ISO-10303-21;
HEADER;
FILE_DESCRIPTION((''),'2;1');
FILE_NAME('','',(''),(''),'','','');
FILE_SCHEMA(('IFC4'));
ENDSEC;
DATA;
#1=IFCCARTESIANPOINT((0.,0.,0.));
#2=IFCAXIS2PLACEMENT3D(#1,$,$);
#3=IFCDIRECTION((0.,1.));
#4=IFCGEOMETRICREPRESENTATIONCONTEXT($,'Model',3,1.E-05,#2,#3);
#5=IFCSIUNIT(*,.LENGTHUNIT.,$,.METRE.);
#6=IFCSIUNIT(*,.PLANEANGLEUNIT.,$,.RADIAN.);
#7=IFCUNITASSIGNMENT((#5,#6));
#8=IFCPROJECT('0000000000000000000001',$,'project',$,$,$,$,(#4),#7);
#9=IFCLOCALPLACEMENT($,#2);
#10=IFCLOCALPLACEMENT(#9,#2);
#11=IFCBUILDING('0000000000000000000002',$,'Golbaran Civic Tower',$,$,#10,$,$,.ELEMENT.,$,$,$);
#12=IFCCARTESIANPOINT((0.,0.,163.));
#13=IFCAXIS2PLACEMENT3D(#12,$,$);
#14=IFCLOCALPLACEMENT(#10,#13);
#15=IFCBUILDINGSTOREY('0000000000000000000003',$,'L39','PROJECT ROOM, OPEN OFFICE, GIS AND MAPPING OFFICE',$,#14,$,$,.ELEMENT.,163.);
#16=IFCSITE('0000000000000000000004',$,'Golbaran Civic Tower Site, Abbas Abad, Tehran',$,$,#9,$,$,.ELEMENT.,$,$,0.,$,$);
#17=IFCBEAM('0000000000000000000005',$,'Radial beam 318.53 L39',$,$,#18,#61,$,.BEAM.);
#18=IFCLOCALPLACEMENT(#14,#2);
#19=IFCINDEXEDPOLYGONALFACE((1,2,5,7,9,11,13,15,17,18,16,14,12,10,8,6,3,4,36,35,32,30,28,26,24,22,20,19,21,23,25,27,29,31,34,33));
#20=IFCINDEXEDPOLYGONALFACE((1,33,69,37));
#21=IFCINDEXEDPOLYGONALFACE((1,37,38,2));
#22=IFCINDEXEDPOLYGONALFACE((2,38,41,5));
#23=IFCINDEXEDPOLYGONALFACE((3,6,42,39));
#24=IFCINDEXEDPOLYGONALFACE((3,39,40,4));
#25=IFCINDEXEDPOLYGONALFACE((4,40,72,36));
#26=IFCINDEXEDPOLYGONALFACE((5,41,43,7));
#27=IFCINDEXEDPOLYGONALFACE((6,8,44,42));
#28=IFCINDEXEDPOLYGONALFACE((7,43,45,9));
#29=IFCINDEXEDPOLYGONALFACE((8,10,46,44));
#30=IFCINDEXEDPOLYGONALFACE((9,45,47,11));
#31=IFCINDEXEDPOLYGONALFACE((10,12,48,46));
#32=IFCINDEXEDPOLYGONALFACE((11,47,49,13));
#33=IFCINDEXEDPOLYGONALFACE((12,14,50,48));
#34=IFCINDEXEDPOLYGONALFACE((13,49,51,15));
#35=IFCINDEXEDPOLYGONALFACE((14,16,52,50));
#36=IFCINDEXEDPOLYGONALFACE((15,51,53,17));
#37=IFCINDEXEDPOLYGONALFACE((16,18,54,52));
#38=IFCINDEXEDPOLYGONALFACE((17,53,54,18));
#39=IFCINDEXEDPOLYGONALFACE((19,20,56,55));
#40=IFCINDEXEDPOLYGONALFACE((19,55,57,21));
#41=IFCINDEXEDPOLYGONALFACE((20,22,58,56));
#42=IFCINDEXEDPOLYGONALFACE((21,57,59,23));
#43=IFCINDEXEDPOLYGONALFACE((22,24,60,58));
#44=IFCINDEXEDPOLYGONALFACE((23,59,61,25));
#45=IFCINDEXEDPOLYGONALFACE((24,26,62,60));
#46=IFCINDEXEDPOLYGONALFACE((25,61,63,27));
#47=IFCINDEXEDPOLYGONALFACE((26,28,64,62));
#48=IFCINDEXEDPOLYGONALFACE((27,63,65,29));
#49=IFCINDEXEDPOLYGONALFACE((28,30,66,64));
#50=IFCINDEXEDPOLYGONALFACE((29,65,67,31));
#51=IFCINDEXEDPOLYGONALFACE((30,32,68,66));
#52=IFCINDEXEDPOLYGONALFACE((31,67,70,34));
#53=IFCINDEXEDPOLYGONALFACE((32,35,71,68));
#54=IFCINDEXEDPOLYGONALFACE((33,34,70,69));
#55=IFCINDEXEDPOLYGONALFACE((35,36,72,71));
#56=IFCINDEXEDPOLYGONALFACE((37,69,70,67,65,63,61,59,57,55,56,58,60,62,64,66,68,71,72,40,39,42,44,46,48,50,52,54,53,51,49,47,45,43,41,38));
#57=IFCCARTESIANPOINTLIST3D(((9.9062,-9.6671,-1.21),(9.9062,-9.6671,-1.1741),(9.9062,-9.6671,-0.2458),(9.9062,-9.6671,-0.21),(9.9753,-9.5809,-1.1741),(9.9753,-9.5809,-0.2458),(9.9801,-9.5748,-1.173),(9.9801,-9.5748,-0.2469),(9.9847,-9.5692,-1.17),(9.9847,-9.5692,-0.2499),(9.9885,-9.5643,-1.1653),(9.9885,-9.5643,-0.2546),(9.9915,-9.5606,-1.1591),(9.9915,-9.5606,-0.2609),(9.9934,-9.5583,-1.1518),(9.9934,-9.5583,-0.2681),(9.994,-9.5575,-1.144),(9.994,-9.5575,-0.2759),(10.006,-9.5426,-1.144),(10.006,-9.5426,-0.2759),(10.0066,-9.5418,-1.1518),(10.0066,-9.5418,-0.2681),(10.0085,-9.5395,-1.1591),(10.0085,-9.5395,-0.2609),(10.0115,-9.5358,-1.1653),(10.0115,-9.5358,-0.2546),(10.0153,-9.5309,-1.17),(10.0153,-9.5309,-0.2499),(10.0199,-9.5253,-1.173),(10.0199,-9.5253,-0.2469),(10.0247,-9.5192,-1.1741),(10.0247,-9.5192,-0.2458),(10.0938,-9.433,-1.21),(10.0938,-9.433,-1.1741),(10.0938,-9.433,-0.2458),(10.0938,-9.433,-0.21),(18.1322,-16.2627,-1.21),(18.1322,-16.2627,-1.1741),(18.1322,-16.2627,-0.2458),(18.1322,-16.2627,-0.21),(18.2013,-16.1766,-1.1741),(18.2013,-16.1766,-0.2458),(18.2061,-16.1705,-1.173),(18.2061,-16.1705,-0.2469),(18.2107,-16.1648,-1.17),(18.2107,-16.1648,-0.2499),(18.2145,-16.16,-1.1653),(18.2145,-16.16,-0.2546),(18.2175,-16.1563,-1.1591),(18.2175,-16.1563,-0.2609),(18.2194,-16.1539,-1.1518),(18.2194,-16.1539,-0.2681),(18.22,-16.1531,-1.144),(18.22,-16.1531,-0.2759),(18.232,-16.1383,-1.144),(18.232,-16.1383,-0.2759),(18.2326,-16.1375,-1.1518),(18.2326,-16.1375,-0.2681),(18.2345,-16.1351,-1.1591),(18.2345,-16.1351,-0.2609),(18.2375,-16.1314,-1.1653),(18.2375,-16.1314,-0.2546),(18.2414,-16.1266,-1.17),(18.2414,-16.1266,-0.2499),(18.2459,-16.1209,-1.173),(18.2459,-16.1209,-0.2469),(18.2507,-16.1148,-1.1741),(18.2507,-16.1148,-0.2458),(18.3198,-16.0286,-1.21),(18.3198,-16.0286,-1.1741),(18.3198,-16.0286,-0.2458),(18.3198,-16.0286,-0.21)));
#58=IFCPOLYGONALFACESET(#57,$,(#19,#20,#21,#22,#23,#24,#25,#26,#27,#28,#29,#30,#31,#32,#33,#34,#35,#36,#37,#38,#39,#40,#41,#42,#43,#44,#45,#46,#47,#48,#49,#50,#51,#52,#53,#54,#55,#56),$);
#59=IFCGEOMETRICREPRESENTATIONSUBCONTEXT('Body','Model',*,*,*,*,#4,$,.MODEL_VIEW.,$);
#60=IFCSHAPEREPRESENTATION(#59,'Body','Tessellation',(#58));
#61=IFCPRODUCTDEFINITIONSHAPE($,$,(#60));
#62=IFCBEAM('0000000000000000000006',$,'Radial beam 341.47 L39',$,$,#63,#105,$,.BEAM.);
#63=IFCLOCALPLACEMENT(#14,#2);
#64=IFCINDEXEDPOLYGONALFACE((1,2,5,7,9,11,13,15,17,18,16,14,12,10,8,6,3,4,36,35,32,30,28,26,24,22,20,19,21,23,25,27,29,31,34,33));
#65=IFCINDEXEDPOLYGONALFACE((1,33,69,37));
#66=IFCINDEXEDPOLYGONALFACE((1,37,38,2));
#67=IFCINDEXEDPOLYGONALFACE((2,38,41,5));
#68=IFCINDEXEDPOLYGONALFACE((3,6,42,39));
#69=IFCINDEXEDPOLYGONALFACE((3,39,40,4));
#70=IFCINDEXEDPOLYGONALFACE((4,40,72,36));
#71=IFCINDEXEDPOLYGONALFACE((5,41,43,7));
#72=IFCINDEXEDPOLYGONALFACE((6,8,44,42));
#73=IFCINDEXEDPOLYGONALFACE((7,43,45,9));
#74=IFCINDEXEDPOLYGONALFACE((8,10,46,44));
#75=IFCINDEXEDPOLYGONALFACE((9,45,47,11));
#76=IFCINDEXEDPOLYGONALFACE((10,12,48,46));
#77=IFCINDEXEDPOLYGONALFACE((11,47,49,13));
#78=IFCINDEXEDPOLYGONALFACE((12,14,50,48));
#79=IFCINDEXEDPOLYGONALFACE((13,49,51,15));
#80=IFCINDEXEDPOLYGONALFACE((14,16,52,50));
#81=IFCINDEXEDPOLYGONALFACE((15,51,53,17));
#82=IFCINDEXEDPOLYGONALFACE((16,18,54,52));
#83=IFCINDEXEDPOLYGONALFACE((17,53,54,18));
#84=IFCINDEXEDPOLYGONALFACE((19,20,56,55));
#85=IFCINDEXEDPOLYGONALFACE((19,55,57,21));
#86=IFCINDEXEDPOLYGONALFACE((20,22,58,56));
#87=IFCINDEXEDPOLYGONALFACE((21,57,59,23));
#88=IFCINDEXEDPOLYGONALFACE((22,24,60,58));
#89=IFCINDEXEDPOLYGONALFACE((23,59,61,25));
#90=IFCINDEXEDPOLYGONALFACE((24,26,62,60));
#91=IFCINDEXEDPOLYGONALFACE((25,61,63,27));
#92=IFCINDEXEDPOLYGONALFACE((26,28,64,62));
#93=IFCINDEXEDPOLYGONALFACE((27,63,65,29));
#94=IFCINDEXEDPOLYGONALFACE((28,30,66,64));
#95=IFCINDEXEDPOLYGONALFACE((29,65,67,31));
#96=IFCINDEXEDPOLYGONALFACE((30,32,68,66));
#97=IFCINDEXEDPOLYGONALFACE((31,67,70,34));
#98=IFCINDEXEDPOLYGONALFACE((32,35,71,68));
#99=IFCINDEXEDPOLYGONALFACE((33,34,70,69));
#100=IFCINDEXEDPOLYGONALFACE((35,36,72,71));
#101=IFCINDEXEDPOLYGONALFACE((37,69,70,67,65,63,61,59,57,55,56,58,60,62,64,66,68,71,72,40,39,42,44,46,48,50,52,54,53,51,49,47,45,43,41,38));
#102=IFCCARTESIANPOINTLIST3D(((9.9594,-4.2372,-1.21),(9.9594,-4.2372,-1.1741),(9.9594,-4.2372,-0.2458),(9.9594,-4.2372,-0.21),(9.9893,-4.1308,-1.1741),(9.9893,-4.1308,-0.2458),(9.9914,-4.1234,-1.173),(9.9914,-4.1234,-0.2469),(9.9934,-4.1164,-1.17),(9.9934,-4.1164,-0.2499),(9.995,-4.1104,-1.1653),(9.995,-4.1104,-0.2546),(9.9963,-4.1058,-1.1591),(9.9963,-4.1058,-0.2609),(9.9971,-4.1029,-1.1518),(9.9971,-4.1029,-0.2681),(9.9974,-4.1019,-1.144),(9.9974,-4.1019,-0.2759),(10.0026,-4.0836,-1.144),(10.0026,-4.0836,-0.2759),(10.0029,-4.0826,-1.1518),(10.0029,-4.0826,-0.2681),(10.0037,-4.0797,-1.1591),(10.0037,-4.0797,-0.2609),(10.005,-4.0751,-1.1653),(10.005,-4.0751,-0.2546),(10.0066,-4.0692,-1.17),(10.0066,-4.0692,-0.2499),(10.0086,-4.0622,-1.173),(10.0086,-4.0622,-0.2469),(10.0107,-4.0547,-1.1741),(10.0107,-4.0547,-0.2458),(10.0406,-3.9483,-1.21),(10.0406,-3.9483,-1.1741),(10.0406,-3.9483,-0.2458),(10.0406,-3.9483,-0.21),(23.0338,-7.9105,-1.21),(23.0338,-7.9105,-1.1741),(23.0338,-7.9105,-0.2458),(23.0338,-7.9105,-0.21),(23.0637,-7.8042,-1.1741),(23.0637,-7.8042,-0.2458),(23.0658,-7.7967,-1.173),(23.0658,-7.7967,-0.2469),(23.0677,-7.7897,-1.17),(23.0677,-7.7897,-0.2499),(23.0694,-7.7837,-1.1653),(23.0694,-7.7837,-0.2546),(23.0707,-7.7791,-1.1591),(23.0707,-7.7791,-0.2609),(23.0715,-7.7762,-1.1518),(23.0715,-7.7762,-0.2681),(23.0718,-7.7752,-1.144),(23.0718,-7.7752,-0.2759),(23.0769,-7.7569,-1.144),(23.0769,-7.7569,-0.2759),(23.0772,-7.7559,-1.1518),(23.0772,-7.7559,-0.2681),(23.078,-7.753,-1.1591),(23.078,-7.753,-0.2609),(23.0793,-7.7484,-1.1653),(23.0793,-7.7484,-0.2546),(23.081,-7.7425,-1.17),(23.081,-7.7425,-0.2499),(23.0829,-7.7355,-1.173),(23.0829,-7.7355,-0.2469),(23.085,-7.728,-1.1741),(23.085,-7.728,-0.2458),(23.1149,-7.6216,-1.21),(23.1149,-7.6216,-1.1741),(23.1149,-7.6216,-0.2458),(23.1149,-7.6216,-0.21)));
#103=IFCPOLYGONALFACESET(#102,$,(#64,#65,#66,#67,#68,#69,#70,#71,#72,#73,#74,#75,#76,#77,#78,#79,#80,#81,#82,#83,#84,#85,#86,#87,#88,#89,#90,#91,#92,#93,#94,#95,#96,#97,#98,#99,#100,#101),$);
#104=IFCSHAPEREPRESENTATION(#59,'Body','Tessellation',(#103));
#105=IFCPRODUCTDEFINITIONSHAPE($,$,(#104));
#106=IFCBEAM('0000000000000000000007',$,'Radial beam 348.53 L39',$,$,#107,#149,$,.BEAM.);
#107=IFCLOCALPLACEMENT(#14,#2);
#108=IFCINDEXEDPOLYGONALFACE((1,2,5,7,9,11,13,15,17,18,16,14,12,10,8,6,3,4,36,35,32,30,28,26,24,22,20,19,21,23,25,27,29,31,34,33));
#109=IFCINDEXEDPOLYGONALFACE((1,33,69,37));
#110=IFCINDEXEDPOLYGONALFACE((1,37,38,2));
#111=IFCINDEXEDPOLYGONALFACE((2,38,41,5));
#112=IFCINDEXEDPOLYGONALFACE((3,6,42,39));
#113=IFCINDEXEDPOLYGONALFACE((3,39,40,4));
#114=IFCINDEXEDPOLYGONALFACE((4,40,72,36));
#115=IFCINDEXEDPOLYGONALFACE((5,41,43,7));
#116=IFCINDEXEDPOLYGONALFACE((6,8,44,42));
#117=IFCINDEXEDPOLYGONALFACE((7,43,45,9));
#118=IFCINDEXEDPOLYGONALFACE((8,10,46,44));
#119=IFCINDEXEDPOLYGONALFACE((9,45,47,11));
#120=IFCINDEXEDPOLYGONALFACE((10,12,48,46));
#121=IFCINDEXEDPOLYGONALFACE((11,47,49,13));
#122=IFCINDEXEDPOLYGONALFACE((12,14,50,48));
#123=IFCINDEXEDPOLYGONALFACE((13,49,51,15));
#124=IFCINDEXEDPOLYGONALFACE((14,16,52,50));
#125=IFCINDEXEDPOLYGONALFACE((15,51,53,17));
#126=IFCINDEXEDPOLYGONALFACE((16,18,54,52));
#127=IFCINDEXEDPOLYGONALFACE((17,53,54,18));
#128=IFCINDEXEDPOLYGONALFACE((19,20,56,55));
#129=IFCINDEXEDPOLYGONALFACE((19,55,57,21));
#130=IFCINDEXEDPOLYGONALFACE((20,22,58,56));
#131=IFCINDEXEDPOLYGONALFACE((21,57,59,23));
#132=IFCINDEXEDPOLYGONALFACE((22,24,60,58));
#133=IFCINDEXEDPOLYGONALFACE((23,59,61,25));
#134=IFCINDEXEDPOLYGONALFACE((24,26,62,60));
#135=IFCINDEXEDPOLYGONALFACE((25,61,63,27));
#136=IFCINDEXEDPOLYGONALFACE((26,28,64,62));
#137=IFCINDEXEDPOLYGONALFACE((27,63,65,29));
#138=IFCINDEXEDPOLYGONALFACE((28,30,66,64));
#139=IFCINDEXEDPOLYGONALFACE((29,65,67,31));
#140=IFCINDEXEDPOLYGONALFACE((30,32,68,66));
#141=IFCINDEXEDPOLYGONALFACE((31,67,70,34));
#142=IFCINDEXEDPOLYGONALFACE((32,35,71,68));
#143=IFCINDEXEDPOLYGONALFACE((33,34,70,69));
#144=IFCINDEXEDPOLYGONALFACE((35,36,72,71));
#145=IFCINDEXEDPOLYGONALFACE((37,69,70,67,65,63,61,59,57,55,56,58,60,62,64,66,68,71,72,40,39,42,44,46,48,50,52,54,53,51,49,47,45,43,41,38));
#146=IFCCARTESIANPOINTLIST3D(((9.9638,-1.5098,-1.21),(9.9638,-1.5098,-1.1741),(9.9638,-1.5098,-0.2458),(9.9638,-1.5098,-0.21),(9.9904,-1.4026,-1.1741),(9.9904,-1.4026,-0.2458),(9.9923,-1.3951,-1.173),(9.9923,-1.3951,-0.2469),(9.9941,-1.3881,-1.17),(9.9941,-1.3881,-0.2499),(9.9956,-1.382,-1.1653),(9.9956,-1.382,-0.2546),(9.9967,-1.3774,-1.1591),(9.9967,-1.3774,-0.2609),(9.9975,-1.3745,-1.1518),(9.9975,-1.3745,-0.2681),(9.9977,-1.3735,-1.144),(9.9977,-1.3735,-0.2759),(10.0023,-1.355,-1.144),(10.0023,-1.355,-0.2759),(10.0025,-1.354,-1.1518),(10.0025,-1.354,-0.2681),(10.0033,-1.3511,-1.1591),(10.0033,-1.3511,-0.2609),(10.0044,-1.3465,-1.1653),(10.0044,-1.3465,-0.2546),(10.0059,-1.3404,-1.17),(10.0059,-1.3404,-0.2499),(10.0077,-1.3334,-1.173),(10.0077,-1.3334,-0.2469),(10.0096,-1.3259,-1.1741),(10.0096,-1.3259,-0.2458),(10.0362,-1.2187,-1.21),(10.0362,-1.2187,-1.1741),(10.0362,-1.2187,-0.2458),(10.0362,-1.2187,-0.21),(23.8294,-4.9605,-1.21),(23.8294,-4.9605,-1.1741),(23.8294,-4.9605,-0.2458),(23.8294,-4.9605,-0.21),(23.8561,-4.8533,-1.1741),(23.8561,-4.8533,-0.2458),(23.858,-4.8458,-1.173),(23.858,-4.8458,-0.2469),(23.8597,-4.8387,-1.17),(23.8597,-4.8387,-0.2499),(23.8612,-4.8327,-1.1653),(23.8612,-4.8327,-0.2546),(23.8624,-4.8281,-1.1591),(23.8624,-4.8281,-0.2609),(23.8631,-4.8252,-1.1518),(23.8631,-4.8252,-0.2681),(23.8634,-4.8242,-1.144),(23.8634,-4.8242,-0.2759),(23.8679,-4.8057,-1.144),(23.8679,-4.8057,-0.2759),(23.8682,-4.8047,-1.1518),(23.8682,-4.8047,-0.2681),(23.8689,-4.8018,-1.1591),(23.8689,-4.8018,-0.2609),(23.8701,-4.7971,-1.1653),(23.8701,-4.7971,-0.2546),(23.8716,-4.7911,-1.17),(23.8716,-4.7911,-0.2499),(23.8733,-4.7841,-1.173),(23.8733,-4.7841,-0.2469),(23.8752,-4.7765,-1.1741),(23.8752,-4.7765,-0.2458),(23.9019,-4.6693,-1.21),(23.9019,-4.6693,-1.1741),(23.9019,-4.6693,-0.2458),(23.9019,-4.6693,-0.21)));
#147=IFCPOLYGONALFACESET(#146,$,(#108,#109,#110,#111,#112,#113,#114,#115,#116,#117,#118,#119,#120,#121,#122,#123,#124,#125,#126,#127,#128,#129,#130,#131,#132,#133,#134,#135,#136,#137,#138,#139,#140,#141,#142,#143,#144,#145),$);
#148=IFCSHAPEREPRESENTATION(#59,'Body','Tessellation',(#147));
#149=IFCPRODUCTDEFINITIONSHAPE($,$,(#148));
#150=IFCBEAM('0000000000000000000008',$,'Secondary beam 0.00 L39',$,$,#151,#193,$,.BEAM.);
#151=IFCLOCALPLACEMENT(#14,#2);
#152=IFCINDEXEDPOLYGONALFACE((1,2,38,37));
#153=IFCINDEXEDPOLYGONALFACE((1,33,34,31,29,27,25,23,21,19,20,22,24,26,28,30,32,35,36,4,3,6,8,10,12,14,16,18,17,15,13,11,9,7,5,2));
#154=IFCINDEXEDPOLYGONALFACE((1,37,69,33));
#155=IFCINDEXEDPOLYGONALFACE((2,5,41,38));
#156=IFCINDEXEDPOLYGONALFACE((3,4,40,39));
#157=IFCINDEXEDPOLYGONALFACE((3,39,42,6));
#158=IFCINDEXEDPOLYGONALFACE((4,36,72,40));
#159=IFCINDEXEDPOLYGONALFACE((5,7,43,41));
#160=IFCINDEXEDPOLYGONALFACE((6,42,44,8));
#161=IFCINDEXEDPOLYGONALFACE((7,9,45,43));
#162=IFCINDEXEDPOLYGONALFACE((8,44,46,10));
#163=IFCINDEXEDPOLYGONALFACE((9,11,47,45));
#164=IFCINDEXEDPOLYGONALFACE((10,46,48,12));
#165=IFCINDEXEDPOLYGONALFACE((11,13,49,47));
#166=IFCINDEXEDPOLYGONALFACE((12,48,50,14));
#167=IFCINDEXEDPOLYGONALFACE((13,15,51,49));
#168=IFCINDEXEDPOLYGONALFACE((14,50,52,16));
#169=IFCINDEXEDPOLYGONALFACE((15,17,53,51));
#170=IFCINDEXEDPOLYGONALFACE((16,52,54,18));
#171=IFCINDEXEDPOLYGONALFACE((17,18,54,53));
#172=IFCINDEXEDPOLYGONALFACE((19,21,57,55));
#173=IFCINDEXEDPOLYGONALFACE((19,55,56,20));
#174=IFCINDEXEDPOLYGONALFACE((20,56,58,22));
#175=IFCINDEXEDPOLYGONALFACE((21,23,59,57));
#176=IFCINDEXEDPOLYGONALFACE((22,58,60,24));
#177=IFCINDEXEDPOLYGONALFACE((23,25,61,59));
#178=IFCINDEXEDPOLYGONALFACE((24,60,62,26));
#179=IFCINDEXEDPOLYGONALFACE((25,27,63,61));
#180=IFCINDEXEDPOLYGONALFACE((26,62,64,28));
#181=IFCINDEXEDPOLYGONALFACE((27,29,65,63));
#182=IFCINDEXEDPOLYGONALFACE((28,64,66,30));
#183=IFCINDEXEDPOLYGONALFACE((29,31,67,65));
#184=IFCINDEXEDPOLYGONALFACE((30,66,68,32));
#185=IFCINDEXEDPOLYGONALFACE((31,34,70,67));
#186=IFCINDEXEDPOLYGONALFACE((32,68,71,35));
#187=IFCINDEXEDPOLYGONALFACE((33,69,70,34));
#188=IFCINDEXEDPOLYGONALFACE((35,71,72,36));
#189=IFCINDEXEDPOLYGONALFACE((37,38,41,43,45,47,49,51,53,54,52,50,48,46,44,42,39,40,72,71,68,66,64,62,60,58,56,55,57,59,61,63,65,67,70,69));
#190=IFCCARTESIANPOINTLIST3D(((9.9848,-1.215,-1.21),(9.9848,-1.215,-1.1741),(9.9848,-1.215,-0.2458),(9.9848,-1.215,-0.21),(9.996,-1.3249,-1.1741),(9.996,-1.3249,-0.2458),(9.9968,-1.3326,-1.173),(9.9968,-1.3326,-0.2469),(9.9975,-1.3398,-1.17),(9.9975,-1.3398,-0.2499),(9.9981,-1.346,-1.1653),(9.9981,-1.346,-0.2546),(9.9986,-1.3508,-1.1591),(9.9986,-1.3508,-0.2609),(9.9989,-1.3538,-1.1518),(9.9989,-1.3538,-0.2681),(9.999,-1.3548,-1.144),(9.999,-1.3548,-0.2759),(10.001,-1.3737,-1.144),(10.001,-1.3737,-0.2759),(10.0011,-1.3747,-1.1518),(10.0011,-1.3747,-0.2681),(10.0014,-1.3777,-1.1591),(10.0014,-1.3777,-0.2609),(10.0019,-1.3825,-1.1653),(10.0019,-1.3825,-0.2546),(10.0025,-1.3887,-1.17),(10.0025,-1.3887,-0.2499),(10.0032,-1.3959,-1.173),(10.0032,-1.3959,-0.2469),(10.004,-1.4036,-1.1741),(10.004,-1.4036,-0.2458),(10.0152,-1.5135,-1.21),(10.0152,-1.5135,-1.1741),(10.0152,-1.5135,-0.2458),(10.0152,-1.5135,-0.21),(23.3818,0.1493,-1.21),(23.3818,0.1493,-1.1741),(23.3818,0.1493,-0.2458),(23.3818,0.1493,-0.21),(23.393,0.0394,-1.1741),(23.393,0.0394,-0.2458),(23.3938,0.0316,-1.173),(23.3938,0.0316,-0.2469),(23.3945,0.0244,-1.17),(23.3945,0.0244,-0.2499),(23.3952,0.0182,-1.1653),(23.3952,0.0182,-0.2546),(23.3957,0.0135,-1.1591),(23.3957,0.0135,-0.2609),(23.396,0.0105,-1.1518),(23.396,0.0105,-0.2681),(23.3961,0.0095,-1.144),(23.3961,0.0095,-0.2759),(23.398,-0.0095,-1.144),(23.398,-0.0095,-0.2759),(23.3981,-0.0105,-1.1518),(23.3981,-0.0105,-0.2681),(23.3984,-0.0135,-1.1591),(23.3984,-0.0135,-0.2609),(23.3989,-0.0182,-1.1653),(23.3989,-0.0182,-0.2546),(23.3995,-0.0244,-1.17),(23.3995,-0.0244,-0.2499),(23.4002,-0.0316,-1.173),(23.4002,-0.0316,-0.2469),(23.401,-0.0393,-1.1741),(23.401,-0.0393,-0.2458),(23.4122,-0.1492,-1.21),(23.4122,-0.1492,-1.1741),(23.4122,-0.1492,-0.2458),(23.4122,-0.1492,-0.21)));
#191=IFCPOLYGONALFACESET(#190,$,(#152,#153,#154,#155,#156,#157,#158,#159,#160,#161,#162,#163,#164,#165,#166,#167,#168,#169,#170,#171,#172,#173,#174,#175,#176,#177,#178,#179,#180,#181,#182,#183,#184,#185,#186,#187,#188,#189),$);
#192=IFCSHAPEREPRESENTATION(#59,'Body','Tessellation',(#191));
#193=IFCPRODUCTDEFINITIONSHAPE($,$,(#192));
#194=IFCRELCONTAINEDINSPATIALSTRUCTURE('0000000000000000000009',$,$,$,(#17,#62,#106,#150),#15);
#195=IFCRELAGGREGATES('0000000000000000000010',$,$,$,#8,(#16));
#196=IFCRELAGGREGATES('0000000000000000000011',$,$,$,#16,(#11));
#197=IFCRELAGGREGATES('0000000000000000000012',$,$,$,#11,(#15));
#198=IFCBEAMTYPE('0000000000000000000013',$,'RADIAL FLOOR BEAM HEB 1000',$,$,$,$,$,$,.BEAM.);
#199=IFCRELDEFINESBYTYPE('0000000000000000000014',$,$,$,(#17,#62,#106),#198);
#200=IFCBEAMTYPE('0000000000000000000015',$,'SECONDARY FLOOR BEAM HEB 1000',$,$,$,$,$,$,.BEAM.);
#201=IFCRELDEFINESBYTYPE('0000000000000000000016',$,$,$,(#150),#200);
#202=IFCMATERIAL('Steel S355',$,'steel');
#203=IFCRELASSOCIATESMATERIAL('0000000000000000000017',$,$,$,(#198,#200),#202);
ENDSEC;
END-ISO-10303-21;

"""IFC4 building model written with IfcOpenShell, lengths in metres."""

from ifc_helpers import new_model, si_unit, direction, frame, origin, origin_2d, place, context, subcontext, project, spatial, i_section, extrude, material, material_profile, profile_set, type_object, element, save


model = new_model("IFC4")

# Units and contexts
model_context = context("Model", 3, precision=1e-05, world=origin(), true_north=direction((0.0, 1.0)))
body_context = subcontext(model_context, "Body", "Model", "MODEL_VIEW")
ifc_project = project(units=[si_unit("LENGTHUNIT", "METRE"), si_unit("PLANEANGLEUNIT", "RADIAN")], contexts=[model_context])

# Site, building, storey
site_placement = place(None, origin())
site = spatial("IfcSite", under=ifc_project, at=site_placement, Name="Golbaran Civic Tower Site, Abbas Abad, Tehran", CompositionType="ELEMENT", RefElevation=0.0)
building_placement = place(site_placement, origin())
building = spatial("IfcBuilding", under=site, at=building_placement, Name="Golbaran Civic Tower", CompositionType="ELEMENT")
storey_placement = place(building_placement, frame((0.0, 0.0, 163.0)))
storey = spatial("IfcBuildingStorey", under=building, at=storey_placement, Name="L39", Description="PROJECT ROOM, OPEN OFFICE, GIS AND MAPPING OFFICE", CompositionType="ELEMENT", Elevation=163.0)

# Beams
ifc_material_1 = material(Name="Steel S355", Category="steel")
ifc_material_profile_1 = material_profile(ifc_material_1, i_section(OverallWidth=0.3, OverallDepth=1.0, WebThickness=0.019, FlangeThickness=0.0359, FilletRadius=0.03, at=origin_2d()), Name="HEB 1000")
ifc_profile_set_1 = profile_set([ifc_material_profile_1], Name="Steel S355")
beam_type_1 = type_object("IfcBeamType", Name="RADIAL FLOOR BEAM HEB 1000", PredefinedType="BEAM", material=ifc_profile_set_1)
beam_1_placement = place(storey_placement, frame((10.0, -9.55, -0.71), z_axis=(0.780182, -0.625553, 0.0), x_axis=(0.625553, 0.780182, 0.0)))
element("IfcBeam", 1, at=beam_1_placement, inside=storey, type_object=beam_type_1, Name="Radial beam 318.53 L39", PredefinedType="BEAM", context=body_context, shape_type="SweptSolid", body=[
    extrude(i_section(OverallWidth=0.3, OverallDepth=1.0, WebThickness=0.019, FlangeThickness=0.0359, FilletRadius=0.03, at=origin_2d()), origin(), (0.0, 0.0, 1.0), 10.5437),
])
beam_2_placement = place(storey_placement, frame((10.0, -4.0928, -0.71), z_axis=(0.962725, -0.270483, 0.0), x_axis=(0.270483, 0.962725, 0.0)))
element("IfcBeam", 2, at=beam_2_placement, inside=storey, type_object=beam_type_1, Name="Radial beam 341.47 L39", PredefinedType="BEAM", context=body_context, shape_type="SweptSolid", body=[
    extrude(i_section(OverallWidth=0.3, OverallDepth=1.0, WebThickness=0.019, FlangeThickness=0.0359, FilletRadius=0.03, at=origin_2d()), origin(), (0.0, 0.0, 1.0), 13.5806),
])
beam_3_placement = place(storey_placement, frame((10.0, -1.3643, -0.71), z_axis=(0.970401, -0.241498, 0.0), x_axis=(0.241498, 0.970401, 0.0)))
element("IfcBeam", 3, at=beam_3_placement, inside=storey, type_object=beam_type_1, Name="Radial beam 348.53 L39", PredefinedType="BEAM", context=body_context, shape_type="SweptSolid", body=[
    extrude(i_section(OverallWidth=0.3, OverallDepth=1.0, WebThickness=0.019, FlangeThickness=0.0359, FilletRadius=0.03, at=origin_2d()), origin(), (0.0, 0.0, 1.0), 14.2886),
])
ifc_material_profile_2 = material_profile(ifc_material_1, i_section(OverallWidth=0.3, OverallDepth=1.0, WebThickness=0.019, FlangeThickness=0.0359, FilletRadius=0.03, at=origin_2d()), Name="HEB 1000")
ifc_profile_set_2 = profile_set([ifc_material_profile_2], Name="Steel S355")
beam_type_2 = type_object("IfcBeamType", Name="SECONDARY FLOOR BEAM HEB 1000", PredefinedType="BEAM", material=ifc_profile_set_2)
beam_4_placement = place(storey_placement, frame((10.0, -1.3643, -0.71), z_axis=(0.994855, 0.101309, 0.0), x_axis=(-0.101309, 0.994855, 0.0)))
element("IfcBeam", 4, at=beam_4_placement, inside=storey, type_object=beam_type_2, Name="Secondary beam 0.00 L39", PredefinedType="BEAM", context=body_context, shape_type="SweptSolid", body=[
    extrude(i_section(OverallWidth=0.3, OverallDepth=1.0, WebThickness=0.019, FlangeThickness=0.0359, FilletRadius=0.03, at=origin_2d()), origin(), (0.0, 0.0, 1.0), 13.4663),
])

save(model, "model.ifc")
